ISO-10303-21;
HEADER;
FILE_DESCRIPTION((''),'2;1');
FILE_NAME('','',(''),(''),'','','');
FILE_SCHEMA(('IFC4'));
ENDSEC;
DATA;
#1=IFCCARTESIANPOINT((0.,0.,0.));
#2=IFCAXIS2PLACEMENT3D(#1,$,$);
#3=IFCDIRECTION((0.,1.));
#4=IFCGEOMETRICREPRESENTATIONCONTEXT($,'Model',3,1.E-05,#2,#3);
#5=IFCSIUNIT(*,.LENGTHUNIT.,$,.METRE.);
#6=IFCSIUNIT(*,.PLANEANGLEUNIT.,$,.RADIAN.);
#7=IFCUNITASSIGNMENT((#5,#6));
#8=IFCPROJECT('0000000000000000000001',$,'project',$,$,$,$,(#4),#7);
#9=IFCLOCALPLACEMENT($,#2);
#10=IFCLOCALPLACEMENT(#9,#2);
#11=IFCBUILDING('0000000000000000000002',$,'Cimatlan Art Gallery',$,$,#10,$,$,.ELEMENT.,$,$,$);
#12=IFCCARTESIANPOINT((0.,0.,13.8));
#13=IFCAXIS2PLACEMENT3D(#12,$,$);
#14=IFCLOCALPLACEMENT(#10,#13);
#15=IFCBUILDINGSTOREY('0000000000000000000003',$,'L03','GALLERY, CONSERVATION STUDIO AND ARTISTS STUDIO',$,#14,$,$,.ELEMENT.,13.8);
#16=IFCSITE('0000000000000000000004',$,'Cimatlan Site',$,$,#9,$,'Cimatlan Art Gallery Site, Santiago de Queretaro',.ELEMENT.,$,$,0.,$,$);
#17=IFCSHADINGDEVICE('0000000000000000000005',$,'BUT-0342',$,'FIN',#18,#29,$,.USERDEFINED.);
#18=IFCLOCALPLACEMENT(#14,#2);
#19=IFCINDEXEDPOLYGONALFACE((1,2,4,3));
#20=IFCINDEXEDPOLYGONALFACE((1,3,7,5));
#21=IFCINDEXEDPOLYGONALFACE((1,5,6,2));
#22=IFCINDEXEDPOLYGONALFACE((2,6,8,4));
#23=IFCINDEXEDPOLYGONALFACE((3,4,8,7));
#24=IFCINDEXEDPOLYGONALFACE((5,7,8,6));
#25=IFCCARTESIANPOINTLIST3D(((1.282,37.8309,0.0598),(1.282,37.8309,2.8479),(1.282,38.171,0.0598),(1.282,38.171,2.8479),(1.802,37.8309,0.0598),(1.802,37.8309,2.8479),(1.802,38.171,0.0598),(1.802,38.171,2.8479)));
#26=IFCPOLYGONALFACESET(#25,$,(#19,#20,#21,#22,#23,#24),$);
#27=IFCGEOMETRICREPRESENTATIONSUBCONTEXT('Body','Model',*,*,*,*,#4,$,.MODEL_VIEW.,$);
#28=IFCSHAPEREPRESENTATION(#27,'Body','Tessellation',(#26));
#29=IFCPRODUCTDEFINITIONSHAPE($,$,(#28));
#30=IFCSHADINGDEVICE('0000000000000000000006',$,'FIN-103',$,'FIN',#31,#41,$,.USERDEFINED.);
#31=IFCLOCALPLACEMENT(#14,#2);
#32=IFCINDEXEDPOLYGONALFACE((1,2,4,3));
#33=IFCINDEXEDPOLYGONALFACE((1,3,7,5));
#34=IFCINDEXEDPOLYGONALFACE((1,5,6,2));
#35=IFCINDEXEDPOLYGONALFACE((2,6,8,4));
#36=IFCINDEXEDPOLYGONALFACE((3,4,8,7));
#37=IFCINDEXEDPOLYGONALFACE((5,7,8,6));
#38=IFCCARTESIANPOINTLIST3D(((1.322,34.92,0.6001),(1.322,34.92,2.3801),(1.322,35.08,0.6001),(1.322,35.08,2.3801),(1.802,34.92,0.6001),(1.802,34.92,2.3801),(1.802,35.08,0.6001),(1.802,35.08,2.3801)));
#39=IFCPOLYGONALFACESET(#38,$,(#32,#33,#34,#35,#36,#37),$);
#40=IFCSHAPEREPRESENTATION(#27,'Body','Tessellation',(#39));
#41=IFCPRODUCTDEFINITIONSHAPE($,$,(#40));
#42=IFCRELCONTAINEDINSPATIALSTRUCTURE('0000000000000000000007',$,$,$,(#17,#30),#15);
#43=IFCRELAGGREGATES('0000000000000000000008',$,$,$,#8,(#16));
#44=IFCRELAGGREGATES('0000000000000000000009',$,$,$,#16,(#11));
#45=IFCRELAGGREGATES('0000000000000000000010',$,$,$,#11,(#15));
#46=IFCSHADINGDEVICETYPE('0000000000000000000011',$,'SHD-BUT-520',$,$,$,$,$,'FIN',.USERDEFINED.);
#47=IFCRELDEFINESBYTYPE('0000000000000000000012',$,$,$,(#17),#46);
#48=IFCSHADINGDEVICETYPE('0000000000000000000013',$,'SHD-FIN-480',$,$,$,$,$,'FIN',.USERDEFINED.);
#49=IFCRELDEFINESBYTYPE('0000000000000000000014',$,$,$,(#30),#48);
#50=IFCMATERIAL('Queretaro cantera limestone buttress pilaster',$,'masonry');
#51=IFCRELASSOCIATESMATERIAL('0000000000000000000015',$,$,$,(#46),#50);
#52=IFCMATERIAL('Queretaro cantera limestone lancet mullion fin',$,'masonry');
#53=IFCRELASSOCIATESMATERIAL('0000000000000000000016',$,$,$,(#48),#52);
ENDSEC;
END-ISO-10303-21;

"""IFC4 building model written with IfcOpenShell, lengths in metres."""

from ifc_helpers import new_model, si_unit, direction, frame, origin, origin_2d, place, context, subcontext, project, spatial, rectangle, extrude, material, type_object, element, save


model = new_model("IFC4")

# Units and contexts
model_context = context("Model", 3, precision=1e-05, world=origin(), true_north=direction((0.0, 1.0)))
body_context = subcontext(model_context, "Body", "Model", "MODEL_VIEW")
ifc_project = project(units=[si_unit("LENGTHUNIT", "METRE"), si_unit("PLANEANGLEUNIT", "RADIAN")], contexts=[model_context])

# Site, building, storey
site_placement = place(None, origin())
site = spatial("IfcSite", under=ifc_project, at=site_placement, Name="Cimatlan Site", LongName="Cimatlan Art Gallery Site, Santiago de Queretaro", CompositionType="ELEMENT", RefElevation=0.0)
building_placement = place(site_placement, origin())
building = spatial("IfcBuilding", under=site, at=building_placement, Name="Cimatlan Art Gallery", CompositionType="ELEMENT")
storey_placement = place(building_placement, frame((0.0, 0.0, 13.8)))
storey = spatial("IfcBuildingStorey", under=building, at=storey_placement, Name="L03", Description="GALLERY, CONSERVATION STUDIO AND ARTISTS STUDIO", CompositionType="ELEMENT", Elevation=13.8)

# Shading devices
ifc_material_1 = material(Name="Queretaro cantera limestone buttress pilaster", Category="masonry")
shading_device_type_1 = type_object("IfcShadingDeviceType", Name="SHD-BUT-520", ElementType="FIN", PredefinedType="USERDEFINED", material=ifc_material_1)
for number, where, z_axis, x_axis, name in (
    (1, (1.542, 38.001, 0.0598), (0.0, 0.0, 1.0), (0.0, 1.0, 0.0), "BUT-0342"),
):
    element("IfcShadingDevice", number, at=place(storey_placement, frame(where, z_axis=z_axis, x_axis=x_axis)), inside=storey, type_object=shading_device_type_1, Name=name, ObjectType="FIN", PredefinedType="USERDEFINED", context=body_context, shape_type="SweptSolid", body=[
        extrude(rectangle(XDim=0.3401, YDim=0.52, at=origin_2d()), origin(), (0.0, 0.0, 1.0), 2.7881),
    ])
ifc_material_2 = material(Name="Queretaro cantera limestone lancet mullion fin", Category="masonry")
shading_device_type_2 = type_object("IfcShadingDeviceType", Name="SHD-FIN-480", ElementType="FIN", PredefinedType="USERDEFINED", material=ifc_material_2)
shading_device_placement = place(storey_placement, frame((1.562, 35.0, 0.6001), z_axis=(0.0, 0.0, 1.0), x_axis=(0.0, 1.0, 0.0)))
element("IfcShadingDevice", 2, at=shading_device_placement, inside=storey, type_object=shading_device_type_2, Name="FIN-103", ObjectType="FIN", PredefinedType="USERDEFINED", context=body_context, shape_type="SweptSolid", body=[
    extrude(rectangle(XDim=0.1599, YDim=0.48, at=origin_2d()), origin(), (0.0, 0.0, 1.0), 1.78),
])

save(model, "model.ifc")
